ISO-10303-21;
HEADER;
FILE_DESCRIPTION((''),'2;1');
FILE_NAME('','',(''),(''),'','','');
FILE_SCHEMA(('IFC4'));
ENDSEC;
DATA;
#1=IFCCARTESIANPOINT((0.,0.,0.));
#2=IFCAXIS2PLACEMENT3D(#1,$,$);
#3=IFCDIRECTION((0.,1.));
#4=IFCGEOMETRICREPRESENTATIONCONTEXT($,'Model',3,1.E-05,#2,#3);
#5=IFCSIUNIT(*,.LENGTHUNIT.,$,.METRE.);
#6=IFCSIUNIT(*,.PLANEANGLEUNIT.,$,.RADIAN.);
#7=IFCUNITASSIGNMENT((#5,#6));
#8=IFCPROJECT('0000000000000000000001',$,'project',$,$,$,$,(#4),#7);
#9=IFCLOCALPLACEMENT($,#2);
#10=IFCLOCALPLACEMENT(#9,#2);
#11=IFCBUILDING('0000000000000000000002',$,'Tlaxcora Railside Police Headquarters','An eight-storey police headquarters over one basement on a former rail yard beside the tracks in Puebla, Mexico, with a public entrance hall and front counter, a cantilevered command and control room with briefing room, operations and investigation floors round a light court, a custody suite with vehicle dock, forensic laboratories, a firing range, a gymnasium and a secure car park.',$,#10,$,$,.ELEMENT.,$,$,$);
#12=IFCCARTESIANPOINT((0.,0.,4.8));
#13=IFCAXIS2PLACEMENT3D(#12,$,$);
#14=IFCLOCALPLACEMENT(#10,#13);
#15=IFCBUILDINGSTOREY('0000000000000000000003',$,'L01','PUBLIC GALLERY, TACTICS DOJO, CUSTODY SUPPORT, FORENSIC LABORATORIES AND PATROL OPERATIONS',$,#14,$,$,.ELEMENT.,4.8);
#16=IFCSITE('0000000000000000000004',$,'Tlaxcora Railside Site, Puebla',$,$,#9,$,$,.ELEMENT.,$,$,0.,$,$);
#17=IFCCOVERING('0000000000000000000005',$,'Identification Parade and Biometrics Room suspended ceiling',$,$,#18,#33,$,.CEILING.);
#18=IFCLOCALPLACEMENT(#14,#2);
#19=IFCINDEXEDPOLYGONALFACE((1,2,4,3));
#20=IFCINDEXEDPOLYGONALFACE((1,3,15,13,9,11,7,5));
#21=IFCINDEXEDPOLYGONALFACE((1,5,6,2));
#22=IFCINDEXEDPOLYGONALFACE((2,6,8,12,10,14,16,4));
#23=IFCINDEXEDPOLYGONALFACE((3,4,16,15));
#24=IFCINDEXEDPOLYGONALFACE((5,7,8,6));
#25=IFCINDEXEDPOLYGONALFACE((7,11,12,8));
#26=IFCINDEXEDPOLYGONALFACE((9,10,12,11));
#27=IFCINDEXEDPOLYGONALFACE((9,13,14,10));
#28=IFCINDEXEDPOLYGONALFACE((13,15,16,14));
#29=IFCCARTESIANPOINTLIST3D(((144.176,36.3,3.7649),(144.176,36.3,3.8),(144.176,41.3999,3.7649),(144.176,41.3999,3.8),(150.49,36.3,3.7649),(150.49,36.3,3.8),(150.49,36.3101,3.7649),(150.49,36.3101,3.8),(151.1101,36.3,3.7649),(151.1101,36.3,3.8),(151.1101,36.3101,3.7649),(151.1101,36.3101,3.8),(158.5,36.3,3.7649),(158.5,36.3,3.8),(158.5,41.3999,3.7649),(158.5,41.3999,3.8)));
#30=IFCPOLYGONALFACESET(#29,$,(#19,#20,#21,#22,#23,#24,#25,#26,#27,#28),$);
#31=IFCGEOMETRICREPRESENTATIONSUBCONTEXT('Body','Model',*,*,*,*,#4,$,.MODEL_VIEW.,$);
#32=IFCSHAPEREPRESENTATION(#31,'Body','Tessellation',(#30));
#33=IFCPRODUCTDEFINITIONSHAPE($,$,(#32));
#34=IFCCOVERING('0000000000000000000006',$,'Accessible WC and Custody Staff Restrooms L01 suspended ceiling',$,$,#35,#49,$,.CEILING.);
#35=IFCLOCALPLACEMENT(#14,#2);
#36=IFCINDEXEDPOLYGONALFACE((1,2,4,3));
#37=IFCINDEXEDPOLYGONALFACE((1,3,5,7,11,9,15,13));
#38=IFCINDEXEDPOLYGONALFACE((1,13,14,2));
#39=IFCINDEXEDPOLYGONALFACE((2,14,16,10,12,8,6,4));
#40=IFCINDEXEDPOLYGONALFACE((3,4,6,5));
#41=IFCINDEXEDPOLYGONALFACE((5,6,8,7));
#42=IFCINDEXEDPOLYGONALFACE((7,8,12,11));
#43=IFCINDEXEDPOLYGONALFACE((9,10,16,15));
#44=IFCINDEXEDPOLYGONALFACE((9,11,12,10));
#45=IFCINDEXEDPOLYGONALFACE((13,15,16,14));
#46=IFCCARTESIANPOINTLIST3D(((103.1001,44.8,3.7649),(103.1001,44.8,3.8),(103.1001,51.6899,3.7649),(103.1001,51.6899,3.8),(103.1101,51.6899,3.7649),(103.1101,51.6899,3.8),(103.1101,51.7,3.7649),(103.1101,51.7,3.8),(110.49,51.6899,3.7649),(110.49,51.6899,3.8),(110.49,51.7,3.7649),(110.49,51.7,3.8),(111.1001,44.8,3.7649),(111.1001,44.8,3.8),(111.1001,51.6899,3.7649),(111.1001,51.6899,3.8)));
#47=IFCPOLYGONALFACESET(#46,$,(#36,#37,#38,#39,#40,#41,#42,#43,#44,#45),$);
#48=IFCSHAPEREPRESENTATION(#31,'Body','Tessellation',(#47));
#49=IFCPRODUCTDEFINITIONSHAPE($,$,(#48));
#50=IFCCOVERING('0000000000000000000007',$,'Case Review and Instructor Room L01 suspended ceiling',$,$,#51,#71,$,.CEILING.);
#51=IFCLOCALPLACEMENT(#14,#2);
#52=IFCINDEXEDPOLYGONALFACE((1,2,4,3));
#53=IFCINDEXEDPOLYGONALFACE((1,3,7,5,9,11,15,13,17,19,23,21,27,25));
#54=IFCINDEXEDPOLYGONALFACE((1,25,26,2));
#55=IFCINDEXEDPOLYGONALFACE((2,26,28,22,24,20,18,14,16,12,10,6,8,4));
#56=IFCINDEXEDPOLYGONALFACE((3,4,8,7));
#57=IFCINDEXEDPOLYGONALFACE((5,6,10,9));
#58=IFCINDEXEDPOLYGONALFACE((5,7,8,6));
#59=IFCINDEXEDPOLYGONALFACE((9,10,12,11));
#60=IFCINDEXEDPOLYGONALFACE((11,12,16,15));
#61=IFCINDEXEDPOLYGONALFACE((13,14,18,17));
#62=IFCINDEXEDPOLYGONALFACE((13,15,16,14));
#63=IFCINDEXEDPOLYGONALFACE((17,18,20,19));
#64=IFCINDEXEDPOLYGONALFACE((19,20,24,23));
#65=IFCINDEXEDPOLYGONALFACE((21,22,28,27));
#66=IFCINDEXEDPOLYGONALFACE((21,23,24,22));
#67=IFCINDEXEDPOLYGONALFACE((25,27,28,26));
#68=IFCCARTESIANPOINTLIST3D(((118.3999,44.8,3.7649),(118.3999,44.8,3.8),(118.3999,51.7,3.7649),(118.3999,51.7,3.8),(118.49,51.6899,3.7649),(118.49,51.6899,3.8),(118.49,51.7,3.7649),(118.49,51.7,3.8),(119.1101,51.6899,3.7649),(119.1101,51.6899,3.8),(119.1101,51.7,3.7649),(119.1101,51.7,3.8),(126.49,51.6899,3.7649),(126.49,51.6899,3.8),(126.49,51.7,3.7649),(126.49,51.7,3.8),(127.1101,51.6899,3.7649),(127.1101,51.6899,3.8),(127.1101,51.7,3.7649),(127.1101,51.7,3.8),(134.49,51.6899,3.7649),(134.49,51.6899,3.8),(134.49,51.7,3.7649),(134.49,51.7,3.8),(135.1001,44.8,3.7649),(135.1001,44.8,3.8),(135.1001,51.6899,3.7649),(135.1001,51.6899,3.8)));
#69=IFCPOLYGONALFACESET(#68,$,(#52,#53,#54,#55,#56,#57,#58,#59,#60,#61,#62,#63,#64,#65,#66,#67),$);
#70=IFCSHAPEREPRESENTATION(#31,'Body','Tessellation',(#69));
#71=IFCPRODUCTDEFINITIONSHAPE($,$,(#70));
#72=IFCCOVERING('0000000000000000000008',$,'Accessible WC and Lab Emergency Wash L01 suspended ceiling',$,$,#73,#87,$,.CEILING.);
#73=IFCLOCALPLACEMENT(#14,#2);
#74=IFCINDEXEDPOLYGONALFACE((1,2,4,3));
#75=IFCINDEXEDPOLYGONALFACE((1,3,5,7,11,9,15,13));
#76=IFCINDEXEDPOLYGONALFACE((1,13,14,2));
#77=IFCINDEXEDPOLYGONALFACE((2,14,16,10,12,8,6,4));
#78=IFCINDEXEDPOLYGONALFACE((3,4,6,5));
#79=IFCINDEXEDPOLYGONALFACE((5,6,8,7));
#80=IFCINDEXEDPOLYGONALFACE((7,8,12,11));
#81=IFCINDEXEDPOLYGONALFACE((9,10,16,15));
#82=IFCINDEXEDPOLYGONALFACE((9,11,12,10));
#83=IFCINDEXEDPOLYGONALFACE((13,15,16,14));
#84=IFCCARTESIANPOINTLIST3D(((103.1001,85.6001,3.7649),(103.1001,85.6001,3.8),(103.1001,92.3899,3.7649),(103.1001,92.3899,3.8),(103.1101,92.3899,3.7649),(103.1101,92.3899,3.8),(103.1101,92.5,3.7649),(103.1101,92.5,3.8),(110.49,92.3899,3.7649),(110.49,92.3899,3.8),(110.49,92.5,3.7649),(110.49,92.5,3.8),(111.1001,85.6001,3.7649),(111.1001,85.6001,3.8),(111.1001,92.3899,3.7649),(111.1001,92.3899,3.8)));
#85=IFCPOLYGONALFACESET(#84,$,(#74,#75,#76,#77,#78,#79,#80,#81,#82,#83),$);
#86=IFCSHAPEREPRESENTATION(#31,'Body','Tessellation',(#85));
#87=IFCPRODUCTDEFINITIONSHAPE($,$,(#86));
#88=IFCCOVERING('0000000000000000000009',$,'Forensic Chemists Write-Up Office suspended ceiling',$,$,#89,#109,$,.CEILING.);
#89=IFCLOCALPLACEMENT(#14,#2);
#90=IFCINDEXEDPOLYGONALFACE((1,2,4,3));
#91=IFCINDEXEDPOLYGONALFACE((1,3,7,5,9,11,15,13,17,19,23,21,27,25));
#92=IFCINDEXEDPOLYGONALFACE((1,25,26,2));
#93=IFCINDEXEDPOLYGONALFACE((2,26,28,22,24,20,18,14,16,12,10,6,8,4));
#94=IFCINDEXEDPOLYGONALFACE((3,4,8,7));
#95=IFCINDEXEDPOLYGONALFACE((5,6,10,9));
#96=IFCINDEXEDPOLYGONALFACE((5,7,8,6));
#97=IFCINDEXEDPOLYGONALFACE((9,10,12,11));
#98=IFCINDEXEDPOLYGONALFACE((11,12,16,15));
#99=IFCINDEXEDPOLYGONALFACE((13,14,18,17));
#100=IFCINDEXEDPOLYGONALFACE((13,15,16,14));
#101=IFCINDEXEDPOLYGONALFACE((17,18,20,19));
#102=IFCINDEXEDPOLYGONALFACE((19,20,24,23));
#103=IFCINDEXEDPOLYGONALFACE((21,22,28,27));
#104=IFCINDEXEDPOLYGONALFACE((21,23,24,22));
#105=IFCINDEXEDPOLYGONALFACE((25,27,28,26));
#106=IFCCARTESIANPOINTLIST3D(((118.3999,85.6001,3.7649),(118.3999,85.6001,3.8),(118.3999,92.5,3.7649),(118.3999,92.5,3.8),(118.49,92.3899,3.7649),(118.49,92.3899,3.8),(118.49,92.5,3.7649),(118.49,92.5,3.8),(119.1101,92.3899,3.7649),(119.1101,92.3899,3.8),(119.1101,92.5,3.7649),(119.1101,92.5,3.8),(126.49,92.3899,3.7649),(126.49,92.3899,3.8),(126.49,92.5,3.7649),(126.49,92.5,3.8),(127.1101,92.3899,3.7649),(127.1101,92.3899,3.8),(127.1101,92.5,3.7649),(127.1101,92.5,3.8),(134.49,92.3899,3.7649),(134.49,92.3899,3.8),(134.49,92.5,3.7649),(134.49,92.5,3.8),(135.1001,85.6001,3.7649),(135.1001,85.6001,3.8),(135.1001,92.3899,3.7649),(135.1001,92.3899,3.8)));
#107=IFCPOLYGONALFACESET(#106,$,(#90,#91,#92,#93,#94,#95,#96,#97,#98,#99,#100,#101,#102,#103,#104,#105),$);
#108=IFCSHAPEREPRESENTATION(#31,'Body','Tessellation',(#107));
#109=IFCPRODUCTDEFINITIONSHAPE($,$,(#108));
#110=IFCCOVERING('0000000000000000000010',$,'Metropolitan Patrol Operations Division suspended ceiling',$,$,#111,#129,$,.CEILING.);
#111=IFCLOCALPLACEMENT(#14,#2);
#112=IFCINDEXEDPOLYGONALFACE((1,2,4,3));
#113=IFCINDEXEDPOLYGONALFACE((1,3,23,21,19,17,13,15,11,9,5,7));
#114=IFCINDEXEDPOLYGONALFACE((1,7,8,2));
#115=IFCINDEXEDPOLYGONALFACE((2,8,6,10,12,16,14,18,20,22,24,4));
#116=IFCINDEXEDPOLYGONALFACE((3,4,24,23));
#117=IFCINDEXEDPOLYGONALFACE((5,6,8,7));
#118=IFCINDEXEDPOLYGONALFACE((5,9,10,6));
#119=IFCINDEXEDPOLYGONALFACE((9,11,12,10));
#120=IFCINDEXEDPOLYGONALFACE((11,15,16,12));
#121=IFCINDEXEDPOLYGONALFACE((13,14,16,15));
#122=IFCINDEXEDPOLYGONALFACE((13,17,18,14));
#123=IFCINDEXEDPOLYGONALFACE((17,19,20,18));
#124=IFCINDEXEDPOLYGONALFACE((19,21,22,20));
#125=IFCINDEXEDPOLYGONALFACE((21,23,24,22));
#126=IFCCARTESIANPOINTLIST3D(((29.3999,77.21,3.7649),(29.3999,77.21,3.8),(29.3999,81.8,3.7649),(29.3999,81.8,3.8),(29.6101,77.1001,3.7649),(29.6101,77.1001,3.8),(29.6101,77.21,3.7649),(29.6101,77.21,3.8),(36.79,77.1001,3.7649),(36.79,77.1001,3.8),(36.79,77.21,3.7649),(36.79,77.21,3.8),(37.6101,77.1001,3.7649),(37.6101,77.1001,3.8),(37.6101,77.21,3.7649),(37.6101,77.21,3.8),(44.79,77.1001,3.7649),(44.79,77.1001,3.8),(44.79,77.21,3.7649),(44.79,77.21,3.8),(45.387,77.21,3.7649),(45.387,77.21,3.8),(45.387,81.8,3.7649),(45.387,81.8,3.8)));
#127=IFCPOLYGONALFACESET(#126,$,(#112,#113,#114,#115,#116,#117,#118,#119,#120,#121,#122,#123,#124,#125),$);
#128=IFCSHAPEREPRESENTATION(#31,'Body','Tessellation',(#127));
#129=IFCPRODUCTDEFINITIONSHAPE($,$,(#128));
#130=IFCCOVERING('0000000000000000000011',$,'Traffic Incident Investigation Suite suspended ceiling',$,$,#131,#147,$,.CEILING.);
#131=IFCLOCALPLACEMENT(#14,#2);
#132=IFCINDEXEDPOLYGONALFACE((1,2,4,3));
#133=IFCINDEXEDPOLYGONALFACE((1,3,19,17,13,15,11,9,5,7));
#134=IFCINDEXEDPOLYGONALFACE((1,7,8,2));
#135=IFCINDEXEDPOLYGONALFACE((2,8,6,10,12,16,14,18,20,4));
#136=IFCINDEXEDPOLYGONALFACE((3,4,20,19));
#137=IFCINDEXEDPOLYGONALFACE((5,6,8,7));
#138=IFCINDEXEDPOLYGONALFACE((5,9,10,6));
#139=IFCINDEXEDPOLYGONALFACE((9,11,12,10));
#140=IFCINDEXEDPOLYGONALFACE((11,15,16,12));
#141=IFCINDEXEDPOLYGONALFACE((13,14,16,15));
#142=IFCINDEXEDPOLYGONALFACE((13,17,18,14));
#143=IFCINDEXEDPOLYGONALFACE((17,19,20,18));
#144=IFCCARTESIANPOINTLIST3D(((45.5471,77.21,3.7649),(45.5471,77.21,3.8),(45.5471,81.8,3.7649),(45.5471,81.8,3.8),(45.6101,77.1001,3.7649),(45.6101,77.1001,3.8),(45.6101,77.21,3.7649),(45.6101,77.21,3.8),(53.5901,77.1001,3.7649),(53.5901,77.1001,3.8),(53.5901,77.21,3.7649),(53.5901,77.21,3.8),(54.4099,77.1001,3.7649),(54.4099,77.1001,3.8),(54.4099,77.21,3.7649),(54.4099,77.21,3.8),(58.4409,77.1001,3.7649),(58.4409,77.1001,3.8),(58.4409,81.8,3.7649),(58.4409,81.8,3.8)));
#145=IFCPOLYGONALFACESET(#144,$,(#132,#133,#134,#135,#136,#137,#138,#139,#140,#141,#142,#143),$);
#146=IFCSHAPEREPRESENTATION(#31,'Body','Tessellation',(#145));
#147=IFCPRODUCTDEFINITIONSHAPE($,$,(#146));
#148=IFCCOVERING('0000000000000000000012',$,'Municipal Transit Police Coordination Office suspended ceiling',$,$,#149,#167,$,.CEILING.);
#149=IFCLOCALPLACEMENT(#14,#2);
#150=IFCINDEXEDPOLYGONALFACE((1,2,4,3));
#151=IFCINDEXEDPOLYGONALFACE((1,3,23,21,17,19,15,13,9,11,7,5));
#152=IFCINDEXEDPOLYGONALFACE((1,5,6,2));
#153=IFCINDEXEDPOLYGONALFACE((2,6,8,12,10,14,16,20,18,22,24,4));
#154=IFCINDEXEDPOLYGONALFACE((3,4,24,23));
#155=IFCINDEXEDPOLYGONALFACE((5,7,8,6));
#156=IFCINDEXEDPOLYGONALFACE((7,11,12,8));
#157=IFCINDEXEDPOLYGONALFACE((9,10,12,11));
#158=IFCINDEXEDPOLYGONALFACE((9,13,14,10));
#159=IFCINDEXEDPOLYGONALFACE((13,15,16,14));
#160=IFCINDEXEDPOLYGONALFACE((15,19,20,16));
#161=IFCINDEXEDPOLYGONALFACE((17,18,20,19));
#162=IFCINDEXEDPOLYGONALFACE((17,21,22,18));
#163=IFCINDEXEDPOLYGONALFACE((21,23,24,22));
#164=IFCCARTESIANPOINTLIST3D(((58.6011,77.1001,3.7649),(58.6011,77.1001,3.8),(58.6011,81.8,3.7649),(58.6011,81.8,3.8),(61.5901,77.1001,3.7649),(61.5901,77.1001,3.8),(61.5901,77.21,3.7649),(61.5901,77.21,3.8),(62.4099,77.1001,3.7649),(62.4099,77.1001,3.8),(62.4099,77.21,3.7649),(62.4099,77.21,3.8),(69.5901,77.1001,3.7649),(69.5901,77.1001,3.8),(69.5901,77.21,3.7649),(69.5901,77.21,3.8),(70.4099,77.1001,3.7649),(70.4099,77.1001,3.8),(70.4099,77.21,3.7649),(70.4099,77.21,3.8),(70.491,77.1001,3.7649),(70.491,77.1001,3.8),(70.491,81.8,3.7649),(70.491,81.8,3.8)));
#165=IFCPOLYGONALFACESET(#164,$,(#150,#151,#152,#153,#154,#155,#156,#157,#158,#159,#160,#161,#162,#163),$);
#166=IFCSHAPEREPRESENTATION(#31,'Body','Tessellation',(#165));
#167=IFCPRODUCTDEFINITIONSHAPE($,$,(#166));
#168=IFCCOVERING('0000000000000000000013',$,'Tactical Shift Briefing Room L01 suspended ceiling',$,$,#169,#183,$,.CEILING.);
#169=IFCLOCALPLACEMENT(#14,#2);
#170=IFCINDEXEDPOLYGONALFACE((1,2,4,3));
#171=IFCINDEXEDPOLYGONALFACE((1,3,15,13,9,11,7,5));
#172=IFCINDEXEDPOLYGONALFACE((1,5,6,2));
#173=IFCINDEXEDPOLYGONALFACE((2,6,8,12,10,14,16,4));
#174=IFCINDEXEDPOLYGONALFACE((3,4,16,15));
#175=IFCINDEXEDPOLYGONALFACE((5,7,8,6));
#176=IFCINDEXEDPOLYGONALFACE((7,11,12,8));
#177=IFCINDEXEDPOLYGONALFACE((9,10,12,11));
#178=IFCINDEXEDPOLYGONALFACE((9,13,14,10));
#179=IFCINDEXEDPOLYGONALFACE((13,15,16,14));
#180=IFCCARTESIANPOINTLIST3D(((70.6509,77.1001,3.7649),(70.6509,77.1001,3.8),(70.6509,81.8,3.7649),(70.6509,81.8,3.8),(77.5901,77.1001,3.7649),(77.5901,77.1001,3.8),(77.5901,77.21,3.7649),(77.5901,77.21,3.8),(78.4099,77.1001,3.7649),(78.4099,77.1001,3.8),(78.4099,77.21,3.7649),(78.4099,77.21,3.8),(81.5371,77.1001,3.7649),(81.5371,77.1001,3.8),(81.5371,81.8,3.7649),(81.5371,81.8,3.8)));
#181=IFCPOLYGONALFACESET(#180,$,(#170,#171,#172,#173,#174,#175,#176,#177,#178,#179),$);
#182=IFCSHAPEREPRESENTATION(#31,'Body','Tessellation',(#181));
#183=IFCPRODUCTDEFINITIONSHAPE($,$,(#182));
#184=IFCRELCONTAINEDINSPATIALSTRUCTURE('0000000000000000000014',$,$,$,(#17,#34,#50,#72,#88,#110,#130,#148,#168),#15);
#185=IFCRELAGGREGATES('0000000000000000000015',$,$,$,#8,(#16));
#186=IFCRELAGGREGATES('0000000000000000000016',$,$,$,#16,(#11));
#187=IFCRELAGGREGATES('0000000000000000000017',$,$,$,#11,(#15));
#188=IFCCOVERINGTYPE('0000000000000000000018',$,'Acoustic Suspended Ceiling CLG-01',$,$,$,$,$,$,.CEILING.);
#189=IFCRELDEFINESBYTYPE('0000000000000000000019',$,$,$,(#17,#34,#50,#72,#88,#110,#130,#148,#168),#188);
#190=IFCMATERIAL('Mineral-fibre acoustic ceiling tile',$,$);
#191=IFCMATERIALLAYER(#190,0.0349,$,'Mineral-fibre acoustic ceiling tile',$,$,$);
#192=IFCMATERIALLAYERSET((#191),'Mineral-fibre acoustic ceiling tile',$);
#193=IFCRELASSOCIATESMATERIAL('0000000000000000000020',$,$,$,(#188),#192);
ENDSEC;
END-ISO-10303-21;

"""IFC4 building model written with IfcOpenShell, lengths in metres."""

from ifc_helpers import new_model, si_unit, direction, frame, origin, place, context, subcontext, project, spatial, polyline, outline, extrude, material, layer, layer_set, type_object, element, save


model = new_model("IFC4")

# Units and contexts
model_context = context("Model", 3, precision=1e-05, world=origin(), true_north=direction((0.0, 1.0)))
body_context = subcontext(model_context, "Body", "Model", "MODEL_VIEW")
ifc_project = project(units=[si_unit("LENGTHUNIT", "METRE"), si_unit("PLANEANGLEUNIT", "RADIAN")], contexts=[model_context])

# Site, building, storey
site_placement = place(None, origin())
site = spatial("IfcSite", under=ifc_project, at=site_placement, Name="Tlaxcora Railside Site, Puebla", CompositionType="ELEMENT", RefElevation=0.0)
building_placement = place(site_placement, origin())
building = spatial("IfcBuilding", under=site, at=building_placement, Name="Tlaxcora Railside Police Headquarters", Description="An eight-storey police headquarters over one basement on a former rail yard beside the tracks in Puebla, Mexico, with a public entrance hall and front counter, a cantilevered command and control room with briefing room, operations and investigation floors round a light court, a custody suite with vehicle dock, forensic laboratories, a firing range, a gymnasium and a secure car park.", CompositionType="ELEMENT")
storey_placement = place(building_placement, frame((0.0, 0.0, 4.8)))
storey = spatial("IfcBuildingStorey", under=building, at=storey_placement, Name="L01", Description="PUBLIC GALLERY, TACTICS DOJO, CUSTODY SUPPORT, FORENSIC LABORATORIES AND PATROL OPERATIONS", CompositionType="ELEMENT", Elevation=4.8)

# Coverings
ifc_material_1 = material(Name="Mineral-fibre acoustic ceiling tile")
ifc_layer_1 = layer(ifc_material_1, 0.0349, Name="Mineral-fibre acoustic ceiling tile")
ifc_layer_set_1 = layer_set([ifc_layer_1], Name="Mineral-fibre acoustic ceiling tile")
covering_type_1 = type_object("IfcCoveringType", Name="Acoustic Suspended Ceiling CLG-01", PredefinedType="CEILING", material=ifc_layer_set_1)
covering_1_placement = place(storey_placement, frame((0.0, 0.0, 3.7649)))
element("IfcCovering", 1, at=covering_1_placement, inside=storey, type_object=covering_type_1, Name="Identification Parade and Biometrics Room suspended ceiling", PredefinedType="CEILING", context=body_context, shape_type="SweptSolid", body=[
    extrude(outline(polyline([(144.176, 36.3), (150.49, 36.3), (150.49, 36.3101), (151.1101, 36.3101), (151.1101, 36.3), (158.5, 36.3), (158.5, 41.3999), (144.176, 41.3999), (144.176, 36.3)])), origin(), (0.0, 0.0, 1.0), 0.0352),
])
covering_2_placement = place(storey_placement, frame((0.0, 0.0, 3.7649)))
element("IfcCovering", 2, at=covering_2_placement, inside=storey, type_object=covering_type_1, Name="Accessible WC and Custody Staff Restrooms L01 suspended ceiling", PredefinedType="CEILING", context=body_context, shape_type="SweptSolid", body=[
    extrude(outline(polyline([(103.1001, 51.6899), (103.1001, 44.8), (111.1001, 44.8), (111.1001, 51.6899), (110.49, 51.6899), (110.49, 51.7), (103.1101, 51.7), (103.1101, 51.6899), (103.1001, 51.6899)])), origin(), (0.0, 0.0, 1.0), 0.0352),
])
covering_3_placement = place(storey_placement, frame((0.0, 0.0, 3.7649)))
element("IfcCovering", 3, at=covering_3_placement, inside=storey, type_object=covering_type_1, Name="Case Review and Instructor Room L01 suspended ceiling", PredefinedType="CEILING", context=body_context, shape_type="SweptSolid", body=[
    extrude(outline(polyline([(118.49, 51.7), (118.3999, 51.7), (118.3999, 44.8), (135.1001, 44.8), (135.1001, 51.6899), (134.49, 51.6899), (134.49, 51.7), (127.1101, 51.7), (127.1101, 51.6899), (126.49, 51.6899), (126.49, 51.7), (119.1101, 51.7), (119.1101, 51.6899), (118.49, 51.6899), (118.49, 51.7)])), origin(), (0.0, 0.0, 1.0), 0.0352),
])
covering_4_placement = place(storey_placement, frame((0.0, 0.0, 3.7649)))
element("IfcCovering", 4, at=covering_4_placement, inside=storey, type_object=covering_type_1, Name="Accessible WC and Lab Emergency Wash L01 suspended ceiling", PredefinedType="CEILING", context=body_context, shape_type="SweptSolid", body=[
    extrude(outline(polyline([(103.1001, 92.3899), (103.1001, 85.6001), (111.1001, 85.6001), (111.1001, 92.3899), (110.49, 92.3899), (110.49, 92.5), (103.1101, 92.5), (103.1101, 92.3899), (103.1001, 92.3899)])), origin(), (0.0, 0.0, 1.0), 0.0352),
])
covering_5_placement = place(storey_placement, frame((0.0, 0.0, 3.7649)))
element("IfcCovering", 5, at=covering_5_placement, inside=storey, type_object=covering_type_1, Name="Forensic Chemists Write-Up Office suspended ceiling", PredefinedType="CEILING", context=body_context, shape_type="SweptSolid", body=[
    extrude(outline(polyline([(118.49, 92.5), (118.3999, 92.5), (118.3999, 85.6001), (135.1001, 85.6001), (135.1001, 92.3899), (134.49, 92.3899), (134.49, 92.5), (127.1101, 92.5), (127.1101, 92.3899), (126.49, 92.3899), (126.49, 92.5), (119.1101, 92.5), (119.1101, 92.3899), (118.49, 92.3899), (118.49, 92.5)])), origin(), (0.0, 0.0, 1.0), 0.0352),
])
covering_6_placement = place(storey_placement, frame((0.0, 0.0, 3.7649)))
element("IfcCovering", 6, at=covering_6_placement, inside=storey, type_object=covering_type_1, Name="Metropolitan Patrol Operations Division suspended ceiling", PredefinedType="CEILING", context=body_context, shape_type="SweptSolid", body=[
    extrude(outline(polyline([(45.387, 81.8), (29.3999, 81.8), (29.3999, 77.21), (29.6101, 77.21), (29.6101, 77.1001), (36.79, 77.1001), (36.79, 77.21), (37.6101, 77.21), (37.6101, 77.1001), (44.79, 77.1001), (44.79, 77.21), (45.387, 77.21), (45.387, 81.8)])), origin(), (0.0, 0.0, 1.0), 0.0352),
])
covering_7_placement = place(storey_placement, frame((0.0, 0.0, 3.7649)))
element("IfcCovering", 7, at=covering_7_placement, inside=storey, type_object=covering_type_1, Name="Traffic Incident Investigation Suite suspended ceiling", PredefinedType="CEILING", context=body_context, shape_type="SweptSolid", body=[
    extrude(outline(polyline([(45.5471, 81.8), (45.5471, 77.21), (45.6101, 77.21), (45.6101, 77.1001), (53.5901, 77.1001), (53.5901, 77.21), (54.4099, 77.21), (54.4099, 77.1001), (58.4409, 77.1001), (58.4409, 81.8), (45.5471, 81.8)])), origin(), (0.0, 0.0, 1.0), 0.0352),
])
covering_8_placement = place(storey_placement, frame((0.0, 0.0, 3.7649)))
element("IfcCovering", 8, at=covering_8_placement, inside=storey, type_object=covering_type_1, Name="Municipal Transit Police Coordination Office suspended ceiling", PredefinedType="CEILING", context=body_context, shape_type="SweptSolid", body=[
    extrude(outline(polyline([(58.6011, 81.8), (58.6011, 77.1001), (61.5901, 77.1001), (61.5901, 77.21), (62.4099, 77.21), (62.4099, 77.1001), (69.5901, 77.1001), (69.5901, 77.21), (70.4099, 77.21), (70.4099, 77.1001), (70.491, 77.1001), (70.491, 81.8), (58.6011, 81.8)])), origin(), (0.0, 0.0, 1.0), 0.0352),
])
covering_9_placement = place(storey_placement, frame((0.0, 0.0, 3.7649)))
element("IfcCovering", 9, at=covering_9_placement, inside=storey, type_object=covering_type_1, Name="Tactical Shift Briefing Room L01 suspended ceiling", PredefinedType="CEILING", context=body_context, shape_type="SweptSolid", body=[
    extrude(outline(polyline([(70.6509, 77.1001), (77.5901, 77.1001), (77.5901, 77.21), (78.4099, 77.21), (78.4099, 77.1001), (81.5371, 77.1001), (81.5371, 81.8), (70.6509, 81.8), (70.6509, 77.1001)])), origin(), (0.0, 0.0, 1.0), 0.0352),
])

save(model, "model.ifc")
